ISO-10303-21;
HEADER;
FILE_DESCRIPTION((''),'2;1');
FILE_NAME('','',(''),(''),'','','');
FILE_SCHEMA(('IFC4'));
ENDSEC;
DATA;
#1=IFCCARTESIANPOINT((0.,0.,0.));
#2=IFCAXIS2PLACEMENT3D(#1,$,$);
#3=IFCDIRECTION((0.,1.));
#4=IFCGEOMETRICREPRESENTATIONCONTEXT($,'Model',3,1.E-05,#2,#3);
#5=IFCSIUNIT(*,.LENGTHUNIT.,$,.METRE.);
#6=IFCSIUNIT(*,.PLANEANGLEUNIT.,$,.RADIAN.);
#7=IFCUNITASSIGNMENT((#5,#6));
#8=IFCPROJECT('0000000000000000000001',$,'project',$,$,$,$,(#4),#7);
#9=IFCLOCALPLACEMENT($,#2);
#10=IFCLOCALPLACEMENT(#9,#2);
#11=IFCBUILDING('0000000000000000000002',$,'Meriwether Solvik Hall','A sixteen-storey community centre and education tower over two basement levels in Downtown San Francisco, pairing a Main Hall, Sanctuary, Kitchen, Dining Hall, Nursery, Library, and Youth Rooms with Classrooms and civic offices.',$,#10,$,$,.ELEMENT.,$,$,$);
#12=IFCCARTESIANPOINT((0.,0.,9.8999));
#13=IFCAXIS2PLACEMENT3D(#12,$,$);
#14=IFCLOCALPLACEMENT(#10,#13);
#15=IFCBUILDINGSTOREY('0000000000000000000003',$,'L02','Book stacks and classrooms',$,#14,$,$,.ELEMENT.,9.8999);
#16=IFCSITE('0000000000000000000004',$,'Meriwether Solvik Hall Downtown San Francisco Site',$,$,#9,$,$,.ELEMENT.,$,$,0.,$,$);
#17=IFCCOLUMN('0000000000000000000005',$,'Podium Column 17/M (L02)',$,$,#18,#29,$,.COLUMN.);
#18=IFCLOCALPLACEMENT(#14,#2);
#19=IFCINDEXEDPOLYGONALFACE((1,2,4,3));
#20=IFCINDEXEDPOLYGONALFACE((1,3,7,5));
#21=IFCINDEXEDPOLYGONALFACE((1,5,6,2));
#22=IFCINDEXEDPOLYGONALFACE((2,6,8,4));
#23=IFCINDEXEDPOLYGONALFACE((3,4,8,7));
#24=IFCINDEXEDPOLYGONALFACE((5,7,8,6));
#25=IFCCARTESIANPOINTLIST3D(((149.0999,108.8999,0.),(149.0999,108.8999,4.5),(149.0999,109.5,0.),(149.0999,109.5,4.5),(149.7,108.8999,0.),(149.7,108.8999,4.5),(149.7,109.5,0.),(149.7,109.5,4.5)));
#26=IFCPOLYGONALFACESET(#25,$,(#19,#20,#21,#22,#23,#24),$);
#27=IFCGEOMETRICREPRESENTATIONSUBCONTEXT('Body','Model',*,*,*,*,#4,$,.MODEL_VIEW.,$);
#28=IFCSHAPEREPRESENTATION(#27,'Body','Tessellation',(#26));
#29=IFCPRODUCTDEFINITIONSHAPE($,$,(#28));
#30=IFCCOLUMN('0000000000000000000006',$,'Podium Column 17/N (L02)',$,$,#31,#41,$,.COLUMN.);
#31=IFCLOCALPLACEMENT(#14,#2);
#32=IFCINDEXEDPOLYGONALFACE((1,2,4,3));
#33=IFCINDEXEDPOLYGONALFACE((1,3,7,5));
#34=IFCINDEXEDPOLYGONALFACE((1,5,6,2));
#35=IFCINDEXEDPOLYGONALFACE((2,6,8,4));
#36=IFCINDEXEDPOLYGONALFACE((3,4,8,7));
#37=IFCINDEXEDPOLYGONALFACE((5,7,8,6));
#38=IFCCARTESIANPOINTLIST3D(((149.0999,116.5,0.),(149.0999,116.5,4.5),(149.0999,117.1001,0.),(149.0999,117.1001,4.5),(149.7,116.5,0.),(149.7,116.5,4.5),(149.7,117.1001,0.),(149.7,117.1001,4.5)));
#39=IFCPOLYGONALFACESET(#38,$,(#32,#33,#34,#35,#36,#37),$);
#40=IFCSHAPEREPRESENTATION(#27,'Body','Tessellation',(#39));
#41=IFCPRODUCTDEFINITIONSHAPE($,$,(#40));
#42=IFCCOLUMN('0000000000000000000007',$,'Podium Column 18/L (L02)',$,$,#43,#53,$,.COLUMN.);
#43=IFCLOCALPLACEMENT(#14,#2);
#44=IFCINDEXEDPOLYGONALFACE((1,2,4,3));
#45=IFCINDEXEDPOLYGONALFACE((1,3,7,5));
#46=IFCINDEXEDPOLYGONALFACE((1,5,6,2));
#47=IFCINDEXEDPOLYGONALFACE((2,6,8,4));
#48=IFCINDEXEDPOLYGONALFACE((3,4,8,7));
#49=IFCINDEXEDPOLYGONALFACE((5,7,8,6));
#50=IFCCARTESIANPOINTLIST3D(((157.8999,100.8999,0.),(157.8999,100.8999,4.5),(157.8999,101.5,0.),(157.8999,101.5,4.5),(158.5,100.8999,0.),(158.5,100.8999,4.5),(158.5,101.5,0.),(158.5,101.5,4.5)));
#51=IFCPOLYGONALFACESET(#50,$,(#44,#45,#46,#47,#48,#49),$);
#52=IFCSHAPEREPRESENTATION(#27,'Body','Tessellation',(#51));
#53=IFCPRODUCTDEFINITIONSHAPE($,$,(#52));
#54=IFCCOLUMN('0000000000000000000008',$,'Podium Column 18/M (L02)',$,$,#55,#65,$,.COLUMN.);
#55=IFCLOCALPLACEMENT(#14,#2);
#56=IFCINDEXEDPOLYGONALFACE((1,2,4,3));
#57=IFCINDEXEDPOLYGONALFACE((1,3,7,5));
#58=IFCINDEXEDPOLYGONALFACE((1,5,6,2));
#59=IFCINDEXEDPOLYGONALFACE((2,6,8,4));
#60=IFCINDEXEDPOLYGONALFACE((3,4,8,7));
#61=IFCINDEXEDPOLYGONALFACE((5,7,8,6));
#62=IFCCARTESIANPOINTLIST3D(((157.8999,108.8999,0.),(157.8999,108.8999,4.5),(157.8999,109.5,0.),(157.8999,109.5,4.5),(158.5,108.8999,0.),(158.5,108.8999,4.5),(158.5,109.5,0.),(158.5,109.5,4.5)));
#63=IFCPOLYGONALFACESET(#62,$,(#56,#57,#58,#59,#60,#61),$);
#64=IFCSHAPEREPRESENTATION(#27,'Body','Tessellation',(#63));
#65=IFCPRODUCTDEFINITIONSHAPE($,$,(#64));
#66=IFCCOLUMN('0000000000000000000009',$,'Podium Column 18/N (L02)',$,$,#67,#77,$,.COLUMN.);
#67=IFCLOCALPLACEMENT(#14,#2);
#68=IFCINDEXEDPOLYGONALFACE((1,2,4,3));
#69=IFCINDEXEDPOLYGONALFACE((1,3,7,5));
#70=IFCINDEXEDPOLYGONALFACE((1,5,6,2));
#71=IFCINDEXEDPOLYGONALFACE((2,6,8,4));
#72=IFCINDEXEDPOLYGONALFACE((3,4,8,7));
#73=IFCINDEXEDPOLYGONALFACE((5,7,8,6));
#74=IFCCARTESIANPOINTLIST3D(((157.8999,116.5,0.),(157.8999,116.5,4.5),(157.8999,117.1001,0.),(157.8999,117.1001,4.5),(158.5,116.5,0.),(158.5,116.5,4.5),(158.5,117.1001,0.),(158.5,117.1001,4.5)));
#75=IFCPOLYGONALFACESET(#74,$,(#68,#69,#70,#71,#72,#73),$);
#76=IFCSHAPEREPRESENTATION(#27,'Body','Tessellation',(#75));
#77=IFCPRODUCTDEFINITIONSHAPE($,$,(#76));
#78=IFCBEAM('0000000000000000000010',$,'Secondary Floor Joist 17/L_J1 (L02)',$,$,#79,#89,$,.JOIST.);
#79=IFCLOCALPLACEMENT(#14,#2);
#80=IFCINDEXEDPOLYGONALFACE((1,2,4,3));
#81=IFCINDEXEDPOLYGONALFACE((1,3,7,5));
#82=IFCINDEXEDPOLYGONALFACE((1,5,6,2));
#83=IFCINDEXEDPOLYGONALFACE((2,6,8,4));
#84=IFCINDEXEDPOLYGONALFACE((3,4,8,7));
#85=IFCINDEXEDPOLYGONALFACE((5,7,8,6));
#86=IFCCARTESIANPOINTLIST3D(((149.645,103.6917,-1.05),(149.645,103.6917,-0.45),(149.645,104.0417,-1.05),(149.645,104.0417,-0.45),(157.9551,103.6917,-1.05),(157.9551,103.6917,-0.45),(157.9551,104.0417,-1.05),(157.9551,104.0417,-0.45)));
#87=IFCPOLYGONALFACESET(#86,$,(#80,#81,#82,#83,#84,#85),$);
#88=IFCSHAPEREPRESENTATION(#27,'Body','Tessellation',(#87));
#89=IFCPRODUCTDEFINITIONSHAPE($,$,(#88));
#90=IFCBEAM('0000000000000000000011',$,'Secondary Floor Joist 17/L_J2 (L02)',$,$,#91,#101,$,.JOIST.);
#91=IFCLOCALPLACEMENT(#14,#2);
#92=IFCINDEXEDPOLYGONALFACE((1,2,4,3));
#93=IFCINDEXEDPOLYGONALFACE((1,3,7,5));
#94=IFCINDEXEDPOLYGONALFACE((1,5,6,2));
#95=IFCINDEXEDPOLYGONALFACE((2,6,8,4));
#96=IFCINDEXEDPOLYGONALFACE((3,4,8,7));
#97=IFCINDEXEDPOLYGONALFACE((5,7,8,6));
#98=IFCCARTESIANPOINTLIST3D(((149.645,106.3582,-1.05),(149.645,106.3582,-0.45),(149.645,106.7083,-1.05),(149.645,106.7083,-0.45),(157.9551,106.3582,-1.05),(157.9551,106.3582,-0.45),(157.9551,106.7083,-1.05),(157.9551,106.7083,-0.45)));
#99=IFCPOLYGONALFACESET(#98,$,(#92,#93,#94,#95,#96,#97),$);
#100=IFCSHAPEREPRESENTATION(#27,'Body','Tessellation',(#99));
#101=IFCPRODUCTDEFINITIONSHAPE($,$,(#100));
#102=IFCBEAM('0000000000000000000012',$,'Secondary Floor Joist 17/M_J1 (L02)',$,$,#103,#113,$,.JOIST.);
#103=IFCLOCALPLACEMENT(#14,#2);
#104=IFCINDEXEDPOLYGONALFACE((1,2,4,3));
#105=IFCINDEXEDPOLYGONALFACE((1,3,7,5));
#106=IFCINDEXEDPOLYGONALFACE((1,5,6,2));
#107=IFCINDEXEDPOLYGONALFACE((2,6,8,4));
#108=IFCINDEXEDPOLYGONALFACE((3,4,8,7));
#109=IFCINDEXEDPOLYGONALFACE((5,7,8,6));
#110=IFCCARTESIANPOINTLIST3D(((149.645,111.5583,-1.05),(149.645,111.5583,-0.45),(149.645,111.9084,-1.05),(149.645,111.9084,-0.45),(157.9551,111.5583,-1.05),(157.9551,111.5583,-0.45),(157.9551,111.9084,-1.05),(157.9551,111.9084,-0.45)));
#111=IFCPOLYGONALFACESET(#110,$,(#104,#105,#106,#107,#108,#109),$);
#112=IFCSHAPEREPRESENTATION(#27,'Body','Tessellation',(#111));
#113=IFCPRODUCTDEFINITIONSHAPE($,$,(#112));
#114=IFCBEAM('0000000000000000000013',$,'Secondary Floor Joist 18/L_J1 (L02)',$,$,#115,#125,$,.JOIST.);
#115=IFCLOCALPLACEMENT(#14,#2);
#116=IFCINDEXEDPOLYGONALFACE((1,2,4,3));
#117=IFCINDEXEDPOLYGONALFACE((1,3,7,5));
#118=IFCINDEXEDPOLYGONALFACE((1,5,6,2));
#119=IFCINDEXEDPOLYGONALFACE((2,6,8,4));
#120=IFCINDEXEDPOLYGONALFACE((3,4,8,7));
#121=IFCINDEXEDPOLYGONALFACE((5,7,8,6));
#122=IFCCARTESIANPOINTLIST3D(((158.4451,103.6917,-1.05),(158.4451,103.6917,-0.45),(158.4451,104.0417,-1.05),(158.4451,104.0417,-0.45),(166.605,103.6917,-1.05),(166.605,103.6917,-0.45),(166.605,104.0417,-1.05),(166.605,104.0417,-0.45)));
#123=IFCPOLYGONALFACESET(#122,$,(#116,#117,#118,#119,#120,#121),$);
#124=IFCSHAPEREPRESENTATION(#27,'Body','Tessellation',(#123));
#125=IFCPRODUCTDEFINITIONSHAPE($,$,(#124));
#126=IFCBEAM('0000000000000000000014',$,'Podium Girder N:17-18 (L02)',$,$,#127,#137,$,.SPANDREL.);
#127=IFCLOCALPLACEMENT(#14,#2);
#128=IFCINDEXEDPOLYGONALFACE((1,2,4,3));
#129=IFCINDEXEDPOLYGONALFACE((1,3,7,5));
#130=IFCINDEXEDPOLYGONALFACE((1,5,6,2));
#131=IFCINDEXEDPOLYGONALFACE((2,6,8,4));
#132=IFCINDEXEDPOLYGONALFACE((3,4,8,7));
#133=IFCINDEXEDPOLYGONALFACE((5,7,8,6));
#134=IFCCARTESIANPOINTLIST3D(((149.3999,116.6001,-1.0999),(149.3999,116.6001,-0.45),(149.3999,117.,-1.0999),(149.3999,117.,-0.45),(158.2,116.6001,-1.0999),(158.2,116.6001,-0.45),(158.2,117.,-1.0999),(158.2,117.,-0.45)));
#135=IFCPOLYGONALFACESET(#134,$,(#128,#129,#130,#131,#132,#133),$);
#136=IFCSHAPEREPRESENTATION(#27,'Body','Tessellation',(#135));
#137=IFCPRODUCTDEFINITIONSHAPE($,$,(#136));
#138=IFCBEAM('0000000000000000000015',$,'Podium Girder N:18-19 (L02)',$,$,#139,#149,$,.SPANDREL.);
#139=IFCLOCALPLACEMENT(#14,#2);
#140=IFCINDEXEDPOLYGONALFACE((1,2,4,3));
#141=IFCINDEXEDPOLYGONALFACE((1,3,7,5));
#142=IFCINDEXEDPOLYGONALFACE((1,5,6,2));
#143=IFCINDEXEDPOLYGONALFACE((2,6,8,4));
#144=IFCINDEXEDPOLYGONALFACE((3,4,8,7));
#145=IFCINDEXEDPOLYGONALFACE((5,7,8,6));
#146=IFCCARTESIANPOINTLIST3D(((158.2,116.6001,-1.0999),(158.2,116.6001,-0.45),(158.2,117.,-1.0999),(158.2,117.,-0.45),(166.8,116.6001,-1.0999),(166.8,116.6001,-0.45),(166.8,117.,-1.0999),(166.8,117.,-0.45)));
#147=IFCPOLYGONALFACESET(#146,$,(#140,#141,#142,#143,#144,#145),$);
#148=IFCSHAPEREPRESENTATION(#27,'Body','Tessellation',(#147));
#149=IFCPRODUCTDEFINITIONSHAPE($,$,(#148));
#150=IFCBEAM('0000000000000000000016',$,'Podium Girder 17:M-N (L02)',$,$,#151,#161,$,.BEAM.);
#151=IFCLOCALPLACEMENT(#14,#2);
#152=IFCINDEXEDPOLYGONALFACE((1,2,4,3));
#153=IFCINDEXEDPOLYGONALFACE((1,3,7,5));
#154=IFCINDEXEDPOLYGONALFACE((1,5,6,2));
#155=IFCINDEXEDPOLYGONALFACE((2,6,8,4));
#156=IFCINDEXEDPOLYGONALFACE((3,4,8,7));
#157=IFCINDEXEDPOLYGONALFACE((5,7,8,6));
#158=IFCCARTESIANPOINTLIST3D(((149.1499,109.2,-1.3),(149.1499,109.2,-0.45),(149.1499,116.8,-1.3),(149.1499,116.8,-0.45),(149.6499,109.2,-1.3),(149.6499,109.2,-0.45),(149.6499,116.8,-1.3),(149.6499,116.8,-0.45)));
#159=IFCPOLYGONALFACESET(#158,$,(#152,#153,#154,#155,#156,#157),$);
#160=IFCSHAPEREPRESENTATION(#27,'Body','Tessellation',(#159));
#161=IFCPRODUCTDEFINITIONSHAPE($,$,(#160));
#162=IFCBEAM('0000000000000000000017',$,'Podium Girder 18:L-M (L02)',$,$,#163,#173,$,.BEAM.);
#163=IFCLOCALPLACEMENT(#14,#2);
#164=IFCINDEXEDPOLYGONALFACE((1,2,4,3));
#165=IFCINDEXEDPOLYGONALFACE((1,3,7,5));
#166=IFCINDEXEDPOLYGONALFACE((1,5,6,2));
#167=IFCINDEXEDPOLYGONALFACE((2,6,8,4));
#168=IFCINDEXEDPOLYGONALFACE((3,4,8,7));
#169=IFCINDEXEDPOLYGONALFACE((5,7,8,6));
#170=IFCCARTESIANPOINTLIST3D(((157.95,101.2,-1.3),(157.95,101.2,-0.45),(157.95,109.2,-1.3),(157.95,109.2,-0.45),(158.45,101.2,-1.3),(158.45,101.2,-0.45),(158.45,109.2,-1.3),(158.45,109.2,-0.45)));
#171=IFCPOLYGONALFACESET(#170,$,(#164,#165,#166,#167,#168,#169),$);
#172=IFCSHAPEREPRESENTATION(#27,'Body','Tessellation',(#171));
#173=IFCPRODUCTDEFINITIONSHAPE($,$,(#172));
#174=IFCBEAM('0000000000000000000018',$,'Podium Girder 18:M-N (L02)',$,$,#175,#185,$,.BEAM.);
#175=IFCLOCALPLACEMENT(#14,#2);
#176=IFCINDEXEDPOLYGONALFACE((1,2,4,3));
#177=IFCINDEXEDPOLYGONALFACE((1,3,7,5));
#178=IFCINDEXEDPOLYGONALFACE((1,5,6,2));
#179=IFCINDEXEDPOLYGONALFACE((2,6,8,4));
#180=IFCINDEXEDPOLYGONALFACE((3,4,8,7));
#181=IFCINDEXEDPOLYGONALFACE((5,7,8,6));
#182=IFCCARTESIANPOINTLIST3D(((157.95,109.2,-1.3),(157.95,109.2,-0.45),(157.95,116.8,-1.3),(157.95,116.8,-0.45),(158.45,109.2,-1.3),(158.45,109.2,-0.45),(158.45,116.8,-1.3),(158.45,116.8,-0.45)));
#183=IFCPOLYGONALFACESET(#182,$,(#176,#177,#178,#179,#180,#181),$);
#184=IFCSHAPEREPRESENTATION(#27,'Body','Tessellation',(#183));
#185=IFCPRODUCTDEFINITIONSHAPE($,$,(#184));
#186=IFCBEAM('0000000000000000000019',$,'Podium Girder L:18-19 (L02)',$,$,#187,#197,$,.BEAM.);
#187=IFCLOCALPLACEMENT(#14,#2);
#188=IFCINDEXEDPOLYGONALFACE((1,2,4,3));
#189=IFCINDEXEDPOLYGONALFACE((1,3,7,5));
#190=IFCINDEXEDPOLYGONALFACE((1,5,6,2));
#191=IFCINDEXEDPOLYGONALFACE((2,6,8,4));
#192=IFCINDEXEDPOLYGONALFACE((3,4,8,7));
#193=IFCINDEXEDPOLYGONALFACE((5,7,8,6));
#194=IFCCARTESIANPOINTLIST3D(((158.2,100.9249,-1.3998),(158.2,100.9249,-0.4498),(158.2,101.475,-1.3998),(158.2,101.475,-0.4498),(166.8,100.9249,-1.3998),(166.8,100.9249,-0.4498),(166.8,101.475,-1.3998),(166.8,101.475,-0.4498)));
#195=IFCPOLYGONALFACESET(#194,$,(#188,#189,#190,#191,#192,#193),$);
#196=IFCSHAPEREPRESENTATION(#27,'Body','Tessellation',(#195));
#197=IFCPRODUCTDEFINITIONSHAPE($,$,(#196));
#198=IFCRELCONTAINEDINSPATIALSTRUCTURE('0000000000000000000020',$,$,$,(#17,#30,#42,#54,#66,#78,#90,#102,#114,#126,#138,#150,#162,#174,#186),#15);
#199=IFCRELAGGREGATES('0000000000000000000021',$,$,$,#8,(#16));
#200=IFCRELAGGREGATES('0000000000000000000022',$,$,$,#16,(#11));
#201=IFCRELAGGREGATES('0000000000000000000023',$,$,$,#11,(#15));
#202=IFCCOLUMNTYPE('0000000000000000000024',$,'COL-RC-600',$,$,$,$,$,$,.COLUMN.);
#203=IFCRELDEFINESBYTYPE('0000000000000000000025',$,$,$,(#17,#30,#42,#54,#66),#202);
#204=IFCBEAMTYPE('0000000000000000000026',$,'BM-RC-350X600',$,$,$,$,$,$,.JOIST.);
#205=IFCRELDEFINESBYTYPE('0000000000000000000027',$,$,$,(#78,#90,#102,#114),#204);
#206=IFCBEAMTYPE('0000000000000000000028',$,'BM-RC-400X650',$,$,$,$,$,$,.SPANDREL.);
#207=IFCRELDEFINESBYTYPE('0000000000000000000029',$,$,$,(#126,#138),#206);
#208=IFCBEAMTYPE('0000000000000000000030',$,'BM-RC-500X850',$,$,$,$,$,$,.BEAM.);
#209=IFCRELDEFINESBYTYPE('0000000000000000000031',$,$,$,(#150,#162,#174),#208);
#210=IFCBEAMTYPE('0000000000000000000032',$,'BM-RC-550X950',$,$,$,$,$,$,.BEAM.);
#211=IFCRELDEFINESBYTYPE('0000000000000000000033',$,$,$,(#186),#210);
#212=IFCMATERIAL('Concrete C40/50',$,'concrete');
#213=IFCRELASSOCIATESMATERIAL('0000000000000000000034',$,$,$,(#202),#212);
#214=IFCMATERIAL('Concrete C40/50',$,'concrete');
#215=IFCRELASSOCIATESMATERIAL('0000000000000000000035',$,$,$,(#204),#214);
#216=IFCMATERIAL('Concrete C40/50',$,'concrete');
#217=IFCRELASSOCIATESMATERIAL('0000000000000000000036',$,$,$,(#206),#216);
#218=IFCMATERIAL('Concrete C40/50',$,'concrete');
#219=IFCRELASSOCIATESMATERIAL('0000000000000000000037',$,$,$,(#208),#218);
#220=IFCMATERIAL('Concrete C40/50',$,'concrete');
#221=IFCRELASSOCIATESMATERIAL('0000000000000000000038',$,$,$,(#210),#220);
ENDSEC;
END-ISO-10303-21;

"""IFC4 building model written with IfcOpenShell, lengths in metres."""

from ifc_helpers import new_model, si_unit, direction, frame, origin, origin_2d, place, context, subcontext, project, spatial, rectangle, extrude, material, material_profile, profile_set, type_object, element, save


model = new_model("IFC4")

# Units and contexts
model_context = context("Model", 3, precision=1e-05, world=origin(), true_north=direction((0.0, 1.0)))
body_context = subcontext(model_context, "Body", "Model", "MODEL_VIEW")
ifc_project = project(units=[si_unit("LENGTHUNIT", "METRE"), si_unit("PLANEANGLEUNIT", "RADIAN")], contexts=[model_context])

# Site, building, storey
site_placement = place(None, origin())
site = spatial("IfcSite", under=ifc_project, at=site_placement, Name="Meriwether Solvik Hall Downtown San Francisco Site", CompositionType="ELEMENT", RefElevation=0.0)
building_placement = place(site_placement, origin())
building = spatial("IfcBuilding", under=site, at=building_placement, Name="Meriwether Solvik Hall", Description="A sixteen-storey community centre and education tower over two basement levels in Downtown San Francisco, pairing a Main Hall, Sanctuary, Kitchen, Dining Hall, Nursery, Library, and Youth Rooms with Classrooms and civic offices.", CompositionType="ELEMENT")
storey_placement = place(building_placement, frame((0.0, 0.0, 9.8999)))
storey = spatial("IfcBuildingStorey", under=building, at=storey_placement, Name="L02", Description="Book stacks and classrooms", CompositionType="ELEMENT", Elevation=9.8999)

# Columns
ifc_material_1 = material(Name="Concrete C40/50", Category="concrete")
ifc_material_profile_1 = material_profile(ifc_material_1, rectangle(XDim=0.6001, YDim=0.6001, at=origin_2d()), Name="RCC-600X600")
ifc_profile_set_1 = profile_set([ifc_material_profile_1], Name="Concrete C40/50")
column_type = type_object("IfcColumnType", Name="COL-RC-600", PredefinedType="COLUMN", material=ifc_profile_set_1)
for number, where, z_axis, x_axis, name in (
    (1, (149.3999, 109.2, 0.0), (0.0, 0.0, 1.0), (1.0, 0.0, 0.0), "Podium Column 17/M (L02)"),
    (2, (149.3999, 116.8, 0.0), (0.0, 0.0, 1.0), (1.0, 0.0, 0.0), "Podium Column 17/N (L02)"),
    (3, (158.2, 101.2, 0.0), (0.0, 0.0, 1.0), (1.0, 0.0, 0.0), "Podium Column 18/L (L02)"),
    (4, (158.2, 109.2, 0.0), (0.0, 0.0, 1.0), (1.0, 0.0, 0.0), "Podium Column 18/M (L02)"),
    (5, (158.2, 116.8, 0.0), (0.0, 0.0, 1.0), (1.0, 0.0, 0.0), "Podium Column 18/N (L02)"),
):
    element("IfcColumn", number, at=place(storey_placement, frame(where, z_axis=z_axis, x_axis=x_axis)), inside=storey, type_object=column_type, Name=name, PredefinedType="COLUMN", context=body_context, shape_type="SweptSolid", body=[
        extrude(rectangle(XDim=0.6001, YDim=0.6001, at=origin_2d()), origin(), (0.0, 0.0, 1.0), 4.5),
    ])

# Beams
ifc_material_2 = material(Name="Concrete C40/50", Category="concrete")
ifc_material_profile_2 = material_profile(ifc_material_2, rectangle(XDim=0.3501, YDim=0.6001, at=origin_2d()), Name="RCB-350X600")
ifc_profile_set_2 = profile_set([ifc_material_profile_2], Name="Concrete C40/50")
beam_type_1 = type_object("IfcBeamType", Name="BM-RC-350X600", PredefinedType="JOIST", material=ifc_profile_set_2)
for number, where, z_axis, x_axis, name in (
    (6, (149.645, 103.8667, -0.75), (1.0, 0.0, 0.0), (0.0, 1.0, 0.0), "Secondary Floor Joist 17/L_J1 (L02)"),
    (7, (149.645, 106.5332, -0.75), (1.0, 0.0, 0.0), (0.0, 1.0, 0.0), "Secondary Floor Joist 17/L_J2 (L02)"),
    (8, (149.645, 111.7334, -0.75), (1.0, 0.0, 0.0), (0.0, 1.0, 0.0), "Secondary Floor Joist 17/M_J1 (L02)"),
):
    element("IfcBeam", number, at=place(storey_placement, frame(where, z_axis=z_axis, x_axis=x_axis)), inside=storey, type_object=beam_type_1, Name=name, PredefinedType="JOIST", context=body_context, shape_type="SweptSolid", body=[
        extrude(rectangle(XDim=0.3501, YDim=0.6001, at=origin_2d()), origin(), (0.0, 0.0, 1.0), 8.3101),
    ])
beam_1_placement = place(storey_placement, frame((158.4451, 103.8667, -0.75), z_axis=(1.0, 0.0, 0.0), x_axis=(0.0, 1.0, 0.0)))
element("IfcBeam", 9, at=beam_1_placement, inside=storey, type_object=beam_type_1, Name="Secondary Floor Joist 18/L_J1 (L02)", PredefinedType="JOIST", context=body_context, shape_type="SweptSolid", body=[
    extrude(rectangle(XDim=0.3501, YDim=0.6001, at=origin_2d()), origin(), (0.0, 0.0, 1.0), 8.1599),
])
ifc_material_3 = material(Name="Concrete C40/50", Category="concrete")
ifc_material_profile_3 = material_profile(ifc_material_3, rectangle(XDim=0.3999, YDim=0.6499, at=origin_2d()), Name="RCB-400X650")
ifc_profile_set_3 = profile_set([ifc_material_profile_3], Name="Concrete C40/50")
beam_type_2 = type_object("IfcBeamType", Name="BM-RC-400X650", PredefinedType="SPANDREL", material=ifc_profile_set_3)
beam_2_placement = place(storey_placement, frame((149.3999, 116.8, -0.7749), z_axis=(1.0, 0.0, 0.0), x_axis=(0.0, 1.0, 0.0)))
element("IfcBeam", 10, at=beam_2_placement, inside=storey, type_object=beam_type_2, Name="Podium Girder N:17-18 (L02)", PredefinedType="SPANDREL", context=body_context, shape_type="SweptSolid", body=[
    extrude(rectangle(XDim=0.3999, YDim=0.6499, at=origin_2d()), origin(), (0.0, 0.0, 1.0), 8.8),
])
beam_3_placement = place(storey_placement, frame((158.2, 116.8, -0.7749), z_axis=(1.0, 0.0, 0.0), x_axis=(0.0, 1.0, 0.0)))
element("IfcBeam", 11, at=beam_3_placement, inside=storey, type_object=beam_type_2, Name="Podium Girder N:18-19 (L02)", PredefinedType="SPANDREL", context=body_context, shape_type="SweptSolid", body=[
    extrude(rectangle(XDim=0.3999, YDim=0.6499, at=origin_2d()), origin(), (0.0, 0.0, 1.0), 8.6001),
])
ifc_material_4 = material(Name="Concrete C40/50", Category="concrete")
ifc_material_profile_4 = material_profile(ifc_material_4, rectangle(XDim=0.5, YDim=0.8501, at=origin_2d()), Name="RCB-500X850")
ifc_profile_set_4 = profile_set([ifc_material_profile_4], Name="Concrete C40/50")
beam_type_3 = type_object("IfcBeamType", Name="BM-RC-500X850", PredefinedType="BEAM", material=ifc_profile_set_4)
beam_4_placement = place(storey_placement, frame((149.3999, 109.2, -0.875), z_axis=(0.0, 1.0, 0.0), x_axis=(-1.0, 0.0, 0.0)))
element("IfcBeam", 12, at=beam_4_placement, inside=storey, type_object=beam_type_3, Name="Podium Girder 17:M-N (L02)", PredefinedType="BEAM", context=body_context, shape_type="SweptSolid", body=[
    extrude(rectangle(XDim=0.5, YDim=0.8501, at=origin_2d()), origin(), (0.0, 0.0, 1.0), 7.6001),
])
beam_5_placement = place(storey_placement, frame((158.2, 101.2, -0.875), z_axis=(0.0, 1.0, 0.0), x_axis=(-1.0, 0.0, 0.0)))
element("IfcBeam", 13, at=beam_5_placement, inside=storey, type_object=beam_type_3, Name="Podium Girder 18:L-M (L02)", PredefinedType="BEAM", context=body_context, shape_type="SweptSolid", body=[
    extrude(rectangle(XDim=0.5, YDim=0.8501, at=origin_2d()), origin(), (0.0, 0.0, 1.0), 8.0),
])
beam_6_placement = place(storey_placement, frame((158.2, 109.2, -0.875), z_axis=(0.0, 1.0, 0.0), x_axis=(-1.0, 0.0, 0.0)))
element("IfcBeam", 14, at=beam_6_placement, inside=storey, type_object=beam_type_3, Name="Podium Girder 18:M-N (L02)", PredefinedType="BEAM", context=body_context, shape_type="SweptSolid", body=[
    extrude(rectangle(XDim=0.5, YDim=0.8501, at=origin_2d()), origin(), (0.0, 0.0, 1.0), 7.6001),
])
ifc_material_5 = material(Name="Concrete C40/50", Category="concrete")
ifc_material_profile_5 = material_profile(ifc_material_5, rectangle(XDim=0.55, YDim=0.95, at=origin_2d()), Name="RCB-550X950")
ifc_profile_set_5 = profile_set([ifc_material_profile_5], Name="Concrete C40/50")
beam_type_4 = type_object("IfcBeamType", Name="BM-RC-550X950", PredefinedType="BEAM", material=ifc_profile_set_5)
beam_7_placement = place(storey_placement, frame((158.2, 101.2, -0.9248), z_axis=(1.0, 0.0, 0.0), x_axis=(0.0, 1.0, 0.0)))
element("IfcBeam", 15, at=beam_7_placement, inside=storey, type_object=beam_type_4, Name="Podium Girder L:18-19 (L02)", PredefinedType="BEAM", context=body_context, shape_type="SweptSolid", body=[
    extrude(rectangle(XDim=0.55, YDim=0.95, at=origin_2d()), origin(), (0.0, 0.0, 1.0), 8.6001),
])

save(model, "model.ifc")
